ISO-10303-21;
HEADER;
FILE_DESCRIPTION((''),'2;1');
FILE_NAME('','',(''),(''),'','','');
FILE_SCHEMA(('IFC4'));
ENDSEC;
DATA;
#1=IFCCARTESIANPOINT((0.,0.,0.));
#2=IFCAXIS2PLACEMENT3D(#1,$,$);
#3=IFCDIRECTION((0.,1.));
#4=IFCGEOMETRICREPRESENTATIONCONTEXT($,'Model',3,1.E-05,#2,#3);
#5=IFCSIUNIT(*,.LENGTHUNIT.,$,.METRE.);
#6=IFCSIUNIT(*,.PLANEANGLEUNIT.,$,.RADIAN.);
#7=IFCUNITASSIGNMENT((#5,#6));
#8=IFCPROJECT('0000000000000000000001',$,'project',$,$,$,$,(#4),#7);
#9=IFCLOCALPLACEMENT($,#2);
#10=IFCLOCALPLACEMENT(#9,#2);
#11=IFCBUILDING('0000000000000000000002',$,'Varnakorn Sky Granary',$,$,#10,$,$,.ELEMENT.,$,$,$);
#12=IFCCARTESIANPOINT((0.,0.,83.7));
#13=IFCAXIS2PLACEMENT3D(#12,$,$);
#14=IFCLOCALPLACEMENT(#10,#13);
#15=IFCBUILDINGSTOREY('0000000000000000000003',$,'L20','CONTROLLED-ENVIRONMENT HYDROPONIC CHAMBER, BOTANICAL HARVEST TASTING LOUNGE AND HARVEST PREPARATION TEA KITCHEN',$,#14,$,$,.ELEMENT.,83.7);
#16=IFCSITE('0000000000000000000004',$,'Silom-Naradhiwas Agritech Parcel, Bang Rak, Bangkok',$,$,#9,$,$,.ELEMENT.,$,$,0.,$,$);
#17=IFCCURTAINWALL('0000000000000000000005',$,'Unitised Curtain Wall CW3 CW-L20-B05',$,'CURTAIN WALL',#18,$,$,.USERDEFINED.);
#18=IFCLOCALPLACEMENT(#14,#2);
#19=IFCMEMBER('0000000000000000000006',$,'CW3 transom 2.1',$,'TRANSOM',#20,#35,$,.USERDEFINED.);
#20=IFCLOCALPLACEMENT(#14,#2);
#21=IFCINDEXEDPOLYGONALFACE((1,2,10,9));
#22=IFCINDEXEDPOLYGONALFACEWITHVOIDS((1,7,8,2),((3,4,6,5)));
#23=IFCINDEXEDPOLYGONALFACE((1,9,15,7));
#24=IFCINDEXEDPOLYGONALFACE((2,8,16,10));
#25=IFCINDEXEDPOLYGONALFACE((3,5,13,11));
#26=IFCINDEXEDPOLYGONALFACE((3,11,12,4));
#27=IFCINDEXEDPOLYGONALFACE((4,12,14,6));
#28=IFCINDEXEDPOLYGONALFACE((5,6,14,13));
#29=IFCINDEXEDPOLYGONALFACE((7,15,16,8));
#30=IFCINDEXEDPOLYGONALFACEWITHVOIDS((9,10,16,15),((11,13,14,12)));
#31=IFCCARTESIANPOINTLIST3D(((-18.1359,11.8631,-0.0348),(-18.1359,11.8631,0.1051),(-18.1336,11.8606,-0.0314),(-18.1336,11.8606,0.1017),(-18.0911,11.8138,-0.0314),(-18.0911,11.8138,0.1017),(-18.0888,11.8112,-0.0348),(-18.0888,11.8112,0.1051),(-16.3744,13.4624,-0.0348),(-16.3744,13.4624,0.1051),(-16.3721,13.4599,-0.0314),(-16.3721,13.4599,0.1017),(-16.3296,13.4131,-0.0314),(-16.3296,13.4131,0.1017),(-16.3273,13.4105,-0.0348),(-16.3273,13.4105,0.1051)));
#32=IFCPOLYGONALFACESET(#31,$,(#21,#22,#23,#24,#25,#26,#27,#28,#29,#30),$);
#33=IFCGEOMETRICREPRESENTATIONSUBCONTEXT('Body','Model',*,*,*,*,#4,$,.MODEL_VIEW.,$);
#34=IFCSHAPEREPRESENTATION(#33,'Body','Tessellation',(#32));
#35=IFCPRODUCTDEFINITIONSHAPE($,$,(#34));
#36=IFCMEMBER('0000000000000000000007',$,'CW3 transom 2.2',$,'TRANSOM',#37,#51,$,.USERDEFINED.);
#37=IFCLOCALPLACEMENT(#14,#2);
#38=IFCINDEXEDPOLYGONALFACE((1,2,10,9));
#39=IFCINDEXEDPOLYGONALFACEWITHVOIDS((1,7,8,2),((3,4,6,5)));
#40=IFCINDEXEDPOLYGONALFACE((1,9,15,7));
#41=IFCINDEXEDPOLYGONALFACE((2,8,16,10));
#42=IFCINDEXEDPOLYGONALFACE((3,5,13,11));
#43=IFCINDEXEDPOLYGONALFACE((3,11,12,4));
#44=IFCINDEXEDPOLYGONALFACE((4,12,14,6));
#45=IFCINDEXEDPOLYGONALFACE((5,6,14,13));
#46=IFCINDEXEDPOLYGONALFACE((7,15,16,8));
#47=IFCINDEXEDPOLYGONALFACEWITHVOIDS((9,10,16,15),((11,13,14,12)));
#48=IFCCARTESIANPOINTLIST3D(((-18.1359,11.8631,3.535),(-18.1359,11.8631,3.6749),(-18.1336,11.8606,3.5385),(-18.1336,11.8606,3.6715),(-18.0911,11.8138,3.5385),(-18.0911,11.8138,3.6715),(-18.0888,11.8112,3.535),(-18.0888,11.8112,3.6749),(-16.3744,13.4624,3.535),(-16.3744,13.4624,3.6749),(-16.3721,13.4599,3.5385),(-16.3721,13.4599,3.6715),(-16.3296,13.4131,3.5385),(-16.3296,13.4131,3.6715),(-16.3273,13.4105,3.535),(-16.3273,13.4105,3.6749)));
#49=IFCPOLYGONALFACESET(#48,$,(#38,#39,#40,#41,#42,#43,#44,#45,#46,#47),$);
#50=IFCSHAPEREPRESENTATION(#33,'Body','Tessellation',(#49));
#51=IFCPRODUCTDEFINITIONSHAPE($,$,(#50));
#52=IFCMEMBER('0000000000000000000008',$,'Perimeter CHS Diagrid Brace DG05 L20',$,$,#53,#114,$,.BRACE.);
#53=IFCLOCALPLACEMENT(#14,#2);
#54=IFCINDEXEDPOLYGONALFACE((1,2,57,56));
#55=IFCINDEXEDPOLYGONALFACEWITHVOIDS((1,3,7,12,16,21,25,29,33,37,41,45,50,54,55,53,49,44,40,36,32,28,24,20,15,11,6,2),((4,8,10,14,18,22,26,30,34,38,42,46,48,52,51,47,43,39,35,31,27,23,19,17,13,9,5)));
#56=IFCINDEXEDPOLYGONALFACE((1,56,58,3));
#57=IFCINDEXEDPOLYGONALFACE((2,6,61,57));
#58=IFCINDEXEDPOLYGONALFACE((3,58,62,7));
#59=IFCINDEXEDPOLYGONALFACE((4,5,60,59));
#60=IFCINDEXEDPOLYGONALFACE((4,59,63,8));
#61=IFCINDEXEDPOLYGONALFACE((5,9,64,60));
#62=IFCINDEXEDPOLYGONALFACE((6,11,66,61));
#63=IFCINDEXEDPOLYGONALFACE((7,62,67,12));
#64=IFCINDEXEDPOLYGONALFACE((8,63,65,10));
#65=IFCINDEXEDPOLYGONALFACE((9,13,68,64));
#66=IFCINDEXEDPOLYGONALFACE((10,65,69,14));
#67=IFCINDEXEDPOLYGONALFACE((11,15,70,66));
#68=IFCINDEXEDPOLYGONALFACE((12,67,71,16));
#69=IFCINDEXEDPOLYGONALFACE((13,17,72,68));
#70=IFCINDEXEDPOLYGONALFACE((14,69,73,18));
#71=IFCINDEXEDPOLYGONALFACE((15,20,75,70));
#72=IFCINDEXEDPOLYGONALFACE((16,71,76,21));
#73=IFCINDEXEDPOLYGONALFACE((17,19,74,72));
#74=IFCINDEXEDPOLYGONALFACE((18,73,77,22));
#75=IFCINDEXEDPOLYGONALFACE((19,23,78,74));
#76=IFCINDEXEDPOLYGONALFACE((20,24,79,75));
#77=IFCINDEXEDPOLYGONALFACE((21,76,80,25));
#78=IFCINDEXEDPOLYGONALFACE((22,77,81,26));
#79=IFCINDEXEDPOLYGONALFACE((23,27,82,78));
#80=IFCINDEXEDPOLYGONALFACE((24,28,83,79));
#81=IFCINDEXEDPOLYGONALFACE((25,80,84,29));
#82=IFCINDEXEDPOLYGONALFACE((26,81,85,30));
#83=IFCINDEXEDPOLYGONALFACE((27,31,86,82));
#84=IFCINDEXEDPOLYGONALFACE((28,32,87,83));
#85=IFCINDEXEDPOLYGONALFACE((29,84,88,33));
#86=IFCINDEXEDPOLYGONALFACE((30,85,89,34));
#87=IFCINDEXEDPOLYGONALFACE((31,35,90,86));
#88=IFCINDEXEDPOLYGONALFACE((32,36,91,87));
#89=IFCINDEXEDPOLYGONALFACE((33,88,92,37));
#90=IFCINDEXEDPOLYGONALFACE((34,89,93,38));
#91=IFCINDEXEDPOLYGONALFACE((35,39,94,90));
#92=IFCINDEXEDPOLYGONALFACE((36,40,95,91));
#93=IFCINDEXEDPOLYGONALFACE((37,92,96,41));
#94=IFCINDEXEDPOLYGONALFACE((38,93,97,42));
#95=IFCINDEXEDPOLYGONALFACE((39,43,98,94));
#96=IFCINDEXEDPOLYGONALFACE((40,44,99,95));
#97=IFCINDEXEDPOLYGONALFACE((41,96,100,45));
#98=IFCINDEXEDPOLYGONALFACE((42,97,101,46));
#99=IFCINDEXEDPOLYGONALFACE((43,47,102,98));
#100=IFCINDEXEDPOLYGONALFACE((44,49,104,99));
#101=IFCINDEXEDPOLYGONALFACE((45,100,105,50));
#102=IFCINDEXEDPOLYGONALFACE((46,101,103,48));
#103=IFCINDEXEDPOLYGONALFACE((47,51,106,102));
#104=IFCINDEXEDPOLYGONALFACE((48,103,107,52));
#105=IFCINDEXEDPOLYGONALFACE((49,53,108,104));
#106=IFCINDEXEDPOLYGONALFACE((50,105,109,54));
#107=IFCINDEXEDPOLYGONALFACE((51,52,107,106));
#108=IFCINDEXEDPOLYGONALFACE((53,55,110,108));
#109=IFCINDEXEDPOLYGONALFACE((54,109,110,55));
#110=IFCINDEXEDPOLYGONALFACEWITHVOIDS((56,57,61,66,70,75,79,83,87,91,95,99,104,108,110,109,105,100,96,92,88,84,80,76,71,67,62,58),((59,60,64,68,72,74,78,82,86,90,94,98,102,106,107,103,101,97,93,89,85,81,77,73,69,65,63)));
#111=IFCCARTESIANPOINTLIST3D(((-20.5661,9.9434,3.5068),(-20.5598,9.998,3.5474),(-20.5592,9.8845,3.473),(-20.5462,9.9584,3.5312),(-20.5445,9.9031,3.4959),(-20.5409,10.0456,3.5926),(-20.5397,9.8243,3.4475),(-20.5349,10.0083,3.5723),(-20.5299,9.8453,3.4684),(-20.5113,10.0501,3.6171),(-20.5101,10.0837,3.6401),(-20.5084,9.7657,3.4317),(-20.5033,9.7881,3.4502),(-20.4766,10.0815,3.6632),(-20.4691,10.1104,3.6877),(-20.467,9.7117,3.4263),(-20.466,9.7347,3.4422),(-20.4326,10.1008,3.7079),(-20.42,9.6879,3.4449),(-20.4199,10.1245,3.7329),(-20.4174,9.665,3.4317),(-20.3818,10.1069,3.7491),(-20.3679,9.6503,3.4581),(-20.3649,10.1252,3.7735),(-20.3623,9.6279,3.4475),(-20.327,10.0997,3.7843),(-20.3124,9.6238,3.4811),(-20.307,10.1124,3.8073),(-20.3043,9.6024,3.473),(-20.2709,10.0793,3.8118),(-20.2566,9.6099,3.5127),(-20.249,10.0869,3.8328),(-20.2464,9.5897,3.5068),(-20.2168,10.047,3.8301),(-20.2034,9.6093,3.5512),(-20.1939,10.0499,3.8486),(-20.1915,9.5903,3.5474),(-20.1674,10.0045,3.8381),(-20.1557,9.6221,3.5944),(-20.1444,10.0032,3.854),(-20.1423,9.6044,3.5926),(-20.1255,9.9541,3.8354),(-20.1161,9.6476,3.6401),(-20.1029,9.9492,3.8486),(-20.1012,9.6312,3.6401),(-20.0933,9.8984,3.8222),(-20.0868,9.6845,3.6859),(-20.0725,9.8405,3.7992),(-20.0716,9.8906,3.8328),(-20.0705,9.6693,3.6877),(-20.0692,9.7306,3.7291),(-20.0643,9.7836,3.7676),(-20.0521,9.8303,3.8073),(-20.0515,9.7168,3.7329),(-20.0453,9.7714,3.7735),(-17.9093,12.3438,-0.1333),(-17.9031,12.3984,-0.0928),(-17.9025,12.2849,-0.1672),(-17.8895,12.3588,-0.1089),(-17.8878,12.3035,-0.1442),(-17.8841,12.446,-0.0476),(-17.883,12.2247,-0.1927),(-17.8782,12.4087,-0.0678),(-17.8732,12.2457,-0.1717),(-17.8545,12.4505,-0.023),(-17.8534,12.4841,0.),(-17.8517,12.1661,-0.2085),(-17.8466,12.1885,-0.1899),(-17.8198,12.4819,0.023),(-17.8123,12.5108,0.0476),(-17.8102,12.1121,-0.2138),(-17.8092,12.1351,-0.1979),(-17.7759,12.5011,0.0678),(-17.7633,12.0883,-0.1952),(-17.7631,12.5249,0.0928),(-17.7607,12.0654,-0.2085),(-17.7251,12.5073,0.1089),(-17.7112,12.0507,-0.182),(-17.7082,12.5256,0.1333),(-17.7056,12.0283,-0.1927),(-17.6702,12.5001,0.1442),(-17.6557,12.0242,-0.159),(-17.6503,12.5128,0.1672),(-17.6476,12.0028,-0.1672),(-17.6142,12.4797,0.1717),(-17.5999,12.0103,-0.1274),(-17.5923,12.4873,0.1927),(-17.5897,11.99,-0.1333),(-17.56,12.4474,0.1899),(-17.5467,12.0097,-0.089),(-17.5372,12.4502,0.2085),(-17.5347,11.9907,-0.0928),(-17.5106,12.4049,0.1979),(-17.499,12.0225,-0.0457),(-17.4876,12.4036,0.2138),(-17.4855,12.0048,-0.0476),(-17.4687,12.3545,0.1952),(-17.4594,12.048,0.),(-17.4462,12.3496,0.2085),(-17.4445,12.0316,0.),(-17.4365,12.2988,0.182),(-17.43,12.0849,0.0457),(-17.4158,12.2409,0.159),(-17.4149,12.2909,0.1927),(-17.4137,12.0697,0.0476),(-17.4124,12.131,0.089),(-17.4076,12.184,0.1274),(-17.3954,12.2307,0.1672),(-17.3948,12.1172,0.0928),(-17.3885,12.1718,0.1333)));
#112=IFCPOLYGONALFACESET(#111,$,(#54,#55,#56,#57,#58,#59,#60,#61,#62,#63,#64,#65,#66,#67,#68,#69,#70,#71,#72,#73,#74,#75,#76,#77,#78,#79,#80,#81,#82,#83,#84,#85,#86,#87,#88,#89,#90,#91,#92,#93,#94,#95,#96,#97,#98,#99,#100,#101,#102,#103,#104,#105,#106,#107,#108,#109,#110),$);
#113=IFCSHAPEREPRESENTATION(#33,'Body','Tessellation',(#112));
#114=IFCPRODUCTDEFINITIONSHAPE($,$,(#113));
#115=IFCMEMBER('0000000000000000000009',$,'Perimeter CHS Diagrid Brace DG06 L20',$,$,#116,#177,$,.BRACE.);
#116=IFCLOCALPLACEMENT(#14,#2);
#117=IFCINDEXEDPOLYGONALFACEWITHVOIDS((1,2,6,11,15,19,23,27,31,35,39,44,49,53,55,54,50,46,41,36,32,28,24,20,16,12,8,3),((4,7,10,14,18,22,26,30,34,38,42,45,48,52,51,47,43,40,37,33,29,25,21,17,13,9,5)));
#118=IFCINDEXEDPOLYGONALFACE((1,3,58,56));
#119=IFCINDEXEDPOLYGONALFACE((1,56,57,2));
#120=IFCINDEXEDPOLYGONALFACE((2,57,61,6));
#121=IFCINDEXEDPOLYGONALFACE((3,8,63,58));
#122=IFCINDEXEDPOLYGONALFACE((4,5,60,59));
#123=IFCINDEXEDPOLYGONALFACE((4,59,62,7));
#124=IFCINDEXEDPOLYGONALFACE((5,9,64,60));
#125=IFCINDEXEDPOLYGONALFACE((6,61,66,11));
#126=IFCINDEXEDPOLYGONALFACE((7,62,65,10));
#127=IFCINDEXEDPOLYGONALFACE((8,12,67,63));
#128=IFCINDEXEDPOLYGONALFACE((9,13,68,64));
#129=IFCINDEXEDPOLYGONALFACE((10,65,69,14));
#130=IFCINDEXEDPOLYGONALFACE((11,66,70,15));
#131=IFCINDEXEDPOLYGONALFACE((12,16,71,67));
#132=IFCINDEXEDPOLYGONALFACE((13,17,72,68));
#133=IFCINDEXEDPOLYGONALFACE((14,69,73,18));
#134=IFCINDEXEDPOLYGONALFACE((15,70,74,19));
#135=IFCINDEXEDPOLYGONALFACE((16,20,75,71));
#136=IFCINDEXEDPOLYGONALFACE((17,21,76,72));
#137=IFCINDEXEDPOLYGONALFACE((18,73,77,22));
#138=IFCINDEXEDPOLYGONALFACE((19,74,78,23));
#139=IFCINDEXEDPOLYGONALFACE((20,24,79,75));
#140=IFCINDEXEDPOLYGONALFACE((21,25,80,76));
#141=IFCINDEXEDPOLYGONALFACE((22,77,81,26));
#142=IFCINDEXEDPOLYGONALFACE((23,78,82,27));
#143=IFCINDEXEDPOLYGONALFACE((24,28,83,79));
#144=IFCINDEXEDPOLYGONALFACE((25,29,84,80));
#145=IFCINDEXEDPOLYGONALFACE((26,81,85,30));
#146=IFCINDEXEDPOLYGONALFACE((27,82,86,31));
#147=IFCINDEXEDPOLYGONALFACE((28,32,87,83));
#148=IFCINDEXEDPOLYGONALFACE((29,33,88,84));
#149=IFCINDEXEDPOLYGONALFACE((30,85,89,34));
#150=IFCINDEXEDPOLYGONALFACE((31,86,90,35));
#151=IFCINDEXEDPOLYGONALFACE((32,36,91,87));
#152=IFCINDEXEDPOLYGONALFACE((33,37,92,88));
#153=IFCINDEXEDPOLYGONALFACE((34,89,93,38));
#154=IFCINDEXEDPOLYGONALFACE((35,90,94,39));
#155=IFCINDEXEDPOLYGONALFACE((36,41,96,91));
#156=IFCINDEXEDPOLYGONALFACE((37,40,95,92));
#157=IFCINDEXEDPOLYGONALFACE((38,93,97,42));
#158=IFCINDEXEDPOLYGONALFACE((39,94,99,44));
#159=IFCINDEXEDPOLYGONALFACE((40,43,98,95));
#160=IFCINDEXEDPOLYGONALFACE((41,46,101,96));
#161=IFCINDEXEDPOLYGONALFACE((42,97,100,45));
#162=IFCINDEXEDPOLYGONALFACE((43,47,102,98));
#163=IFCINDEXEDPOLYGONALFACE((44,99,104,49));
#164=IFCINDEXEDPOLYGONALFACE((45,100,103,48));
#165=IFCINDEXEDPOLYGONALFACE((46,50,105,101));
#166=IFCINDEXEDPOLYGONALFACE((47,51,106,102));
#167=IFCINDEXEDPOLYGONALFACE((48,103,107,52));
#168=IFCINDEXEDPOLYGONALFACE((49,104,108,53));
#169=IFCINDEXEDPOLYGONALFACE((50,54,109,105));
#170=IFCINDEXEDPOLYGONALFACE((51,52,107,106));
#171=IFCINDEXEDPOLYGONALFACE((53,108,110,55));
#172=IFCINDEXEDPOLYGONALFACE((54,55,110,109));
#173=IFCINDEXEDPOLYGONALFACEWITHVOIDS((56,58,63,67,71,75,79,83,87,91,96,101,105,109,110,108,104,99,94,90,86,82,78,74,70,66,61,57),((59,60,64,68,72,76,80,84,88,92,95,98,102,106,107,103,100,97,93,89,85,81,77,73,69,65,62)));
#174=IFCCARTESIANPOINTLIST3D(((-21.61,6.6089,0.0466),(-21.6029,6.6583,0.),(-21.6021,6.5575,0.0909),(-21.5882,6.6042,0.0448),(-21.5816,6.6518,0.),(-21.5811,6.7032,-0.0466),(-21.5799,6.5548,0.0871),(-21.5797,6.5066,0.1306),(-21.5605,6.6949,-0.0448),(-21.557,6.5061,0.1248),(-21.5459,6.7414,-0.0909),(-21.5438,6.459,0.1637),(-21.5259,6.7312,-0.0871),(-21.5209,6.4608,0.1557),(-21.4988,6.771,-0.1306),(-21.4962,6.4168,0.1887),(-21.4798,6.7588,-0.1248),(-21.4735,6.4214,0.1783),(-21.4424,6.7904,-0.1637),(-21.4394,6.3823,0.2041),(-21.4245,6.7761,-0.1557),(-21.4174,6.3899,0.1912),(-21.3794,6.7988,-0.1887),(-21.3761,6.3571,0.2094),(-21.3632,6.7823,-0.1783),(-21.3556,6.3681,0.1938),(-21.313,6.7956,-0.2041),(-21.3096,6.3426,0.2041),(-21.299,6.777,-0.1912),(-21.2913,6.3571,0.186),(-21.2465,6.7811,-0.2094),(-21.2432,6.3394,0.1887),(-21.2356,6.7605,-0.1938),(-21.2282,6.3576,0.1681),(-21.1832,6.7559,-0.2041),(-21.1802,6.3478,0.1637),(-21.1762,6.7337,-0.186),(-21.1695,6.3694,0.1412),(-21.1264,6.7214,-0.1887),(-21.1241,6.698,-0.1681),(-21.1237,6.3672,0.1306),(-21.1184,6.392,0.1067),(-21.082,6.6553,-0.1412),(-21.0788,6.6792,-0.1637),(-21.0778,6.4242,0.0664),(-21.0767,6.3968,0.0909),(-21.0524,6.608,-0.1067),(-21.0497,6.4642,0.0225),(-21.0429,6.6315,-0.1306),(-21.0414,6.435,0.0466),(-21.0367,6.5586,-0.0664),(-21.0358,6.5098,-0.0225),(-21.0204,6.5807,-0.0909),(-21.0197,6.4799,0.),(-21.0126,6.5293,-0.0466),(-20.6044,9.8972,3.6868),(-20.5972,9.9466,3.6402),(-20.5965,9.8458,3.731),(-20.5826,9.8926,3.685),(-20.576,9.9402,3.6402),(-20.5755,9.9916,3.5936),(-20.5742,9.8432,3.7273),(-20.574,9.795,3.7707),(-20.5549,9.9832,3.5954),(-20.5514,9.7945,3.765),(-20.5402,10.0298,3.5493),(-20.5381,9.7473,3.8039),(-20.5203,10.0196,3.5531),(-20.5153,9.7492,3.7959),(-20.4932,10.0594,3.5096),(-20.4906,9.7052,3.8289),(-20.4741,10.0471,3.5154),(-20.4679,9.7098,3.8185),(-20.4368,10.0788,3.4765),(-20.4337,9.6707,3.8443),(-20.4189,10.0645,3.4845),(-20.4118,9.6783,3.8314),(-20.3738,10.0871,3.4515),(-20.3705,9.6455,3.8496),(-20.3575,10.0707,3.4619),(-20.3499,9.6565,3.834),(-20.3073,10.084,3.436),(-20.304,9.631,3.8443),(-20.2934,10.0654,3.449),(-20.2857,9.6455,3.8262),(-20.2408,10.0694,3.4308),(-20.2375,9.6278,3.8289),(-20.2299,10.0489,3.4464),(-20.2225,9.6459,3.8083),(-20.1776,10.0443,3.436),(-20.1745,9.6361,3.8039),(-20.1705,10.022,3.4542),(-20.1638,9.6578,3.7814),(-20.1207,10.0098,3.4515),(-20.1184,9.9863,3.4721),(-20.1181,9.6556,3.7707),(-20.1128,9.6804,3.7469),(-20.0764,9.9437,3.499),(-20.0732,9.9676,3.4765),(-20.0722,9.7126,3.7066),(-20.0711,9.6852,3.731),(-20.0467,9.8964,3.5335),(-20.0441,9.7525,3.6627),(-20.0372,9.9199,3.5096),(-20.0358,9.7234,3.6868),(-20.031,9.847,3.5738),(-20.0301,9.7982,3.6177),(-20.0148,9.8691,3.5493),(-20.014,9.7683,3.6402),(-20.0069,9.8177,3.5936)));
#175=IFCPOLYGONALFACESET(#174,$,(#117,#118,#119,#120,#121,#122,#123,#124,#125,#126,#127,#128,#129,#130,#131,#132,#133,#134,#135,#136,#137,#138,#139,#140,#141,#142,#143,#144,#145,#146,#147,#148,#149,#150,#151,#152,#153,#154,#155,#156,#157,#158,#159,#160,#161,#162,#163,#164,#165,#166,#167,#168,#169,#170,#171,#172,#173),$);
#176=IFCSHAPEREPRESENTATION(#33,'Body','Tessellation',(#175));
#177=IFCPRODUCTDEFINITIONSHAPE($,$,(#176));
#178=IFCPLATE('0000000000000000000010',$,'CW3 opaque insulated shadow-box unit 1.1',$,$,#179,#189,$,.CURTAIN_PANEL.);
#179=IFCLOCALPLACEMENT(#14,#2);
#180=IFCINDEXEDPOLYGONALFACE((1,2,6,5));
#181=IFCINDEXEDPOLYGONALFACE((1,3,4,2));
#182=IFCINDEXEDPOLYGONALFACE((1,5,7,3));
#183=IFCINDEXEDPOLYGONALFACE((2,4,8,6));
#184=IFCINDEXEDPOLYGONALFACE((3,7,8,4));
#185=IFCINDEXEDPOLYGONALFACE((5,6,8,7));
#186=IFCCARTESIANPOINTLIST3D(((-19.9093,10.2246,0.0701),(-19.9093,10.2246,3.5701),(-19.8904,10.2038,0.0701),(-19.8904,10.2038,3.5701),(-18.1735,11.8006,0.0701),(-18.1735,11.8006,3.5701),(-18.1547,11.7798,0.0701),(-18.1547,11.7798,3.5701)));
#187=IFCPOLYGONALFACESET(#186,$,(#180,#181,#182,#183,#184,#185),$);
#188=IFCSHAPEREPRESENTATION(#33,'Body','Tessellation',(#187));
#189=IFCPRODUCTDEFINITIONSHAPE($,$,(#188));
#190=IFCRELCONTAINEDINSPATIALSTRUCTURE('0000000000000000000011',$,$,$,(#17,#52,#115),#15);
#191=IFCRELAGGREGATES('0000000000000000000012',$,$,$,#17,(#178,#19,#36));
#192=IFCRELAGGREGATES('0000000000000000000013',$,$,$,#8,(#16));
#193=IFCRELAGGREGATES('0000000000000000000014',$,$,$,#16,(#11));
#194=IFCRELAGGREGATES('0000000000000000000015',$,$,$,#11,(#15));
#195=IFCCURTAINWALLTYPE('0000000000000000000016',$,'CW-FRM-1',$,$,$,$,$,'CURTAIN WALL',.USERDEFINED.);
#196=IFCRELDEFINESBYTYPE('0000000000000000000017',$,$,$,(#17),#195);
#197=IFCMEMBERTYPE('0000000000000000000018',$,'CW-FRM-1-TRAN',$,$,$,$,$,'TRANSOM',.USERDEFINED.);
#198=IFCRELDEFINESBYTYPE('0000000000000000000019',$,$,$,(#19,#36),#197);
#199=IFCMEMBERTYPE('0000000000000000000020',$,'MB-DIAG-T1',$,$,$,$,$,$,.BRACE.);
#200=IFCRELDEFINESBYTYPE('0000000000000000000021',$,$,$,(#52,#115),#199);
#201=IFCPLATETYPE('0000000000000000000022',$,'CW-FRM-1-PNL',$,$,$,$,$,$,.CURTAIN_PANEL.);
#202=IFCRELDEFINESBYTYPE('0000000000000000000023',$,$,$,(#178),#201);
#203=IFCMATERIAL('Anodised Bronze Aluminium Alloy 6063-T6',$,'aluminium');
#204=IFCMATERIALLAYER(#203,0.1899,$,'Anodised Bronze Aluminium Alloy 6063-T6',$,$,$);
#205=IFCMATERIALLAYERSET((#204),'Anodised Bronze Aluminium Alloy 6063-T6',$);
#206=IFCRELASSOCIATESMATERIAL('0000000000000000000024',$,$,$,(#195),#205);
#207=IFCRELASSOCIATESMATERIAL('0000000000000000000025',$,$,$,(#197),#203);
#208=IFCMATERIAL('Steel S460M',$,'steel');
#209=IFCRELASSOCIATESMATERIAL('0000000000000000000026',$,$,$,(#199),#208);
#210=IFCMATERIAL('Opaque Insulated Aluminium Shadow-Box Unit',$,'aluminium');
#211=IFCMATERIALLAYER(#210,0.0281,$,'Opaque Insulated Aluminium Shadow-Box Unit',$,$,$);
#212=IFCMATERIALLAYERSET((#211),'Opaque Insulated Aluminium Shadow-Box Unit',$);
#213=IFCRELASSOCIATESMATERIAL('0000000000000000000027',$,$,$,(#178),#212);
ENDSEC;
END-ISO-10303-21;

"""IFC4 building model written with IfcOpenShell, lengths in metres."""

from ifc_helpers import new_model, si_unit, direction, frame, origin, origin_2d, place, context, subcontext, project, spatial, rectangle, hollow_rectangle, hollow_circle, extrude, source, transform, mapped, material, layer, layer_set, material_profile, profile_set, type_object, element, aggregate, save


model = new_model("IFC4")

# Units and contexts
model_context = context("Model", 3, precision=1e-05, world=origin(), true_north=direction((0.0, 1.0)))
body_context = subcontext(model_context, "Body", "Model", "MODEL_VIEW")
ifc_project = project(units=[si_unit("LENGTHUNIT", "METRE"), si_unit("PLANEANGLEUNIT", "RADIAN")], contexts=[model_context])

# Site, building, storey
site_placement = place(None, origin())
site = spatial("IfcSite", under=ifc_project, at=site_placement, Name="Silom-Naradhiwas Agritech Parcel, Bang Rak, Bangkok", CompositionType="ELEMENT", RefElevation=0.0)
building_placement = place(site_placement, origin())
building = spatial("IfcBuilding", under=site, at=building_placement, Name="Varnakorn Sky Granary", CompositionType="ELEMENT")
storey_placement = place(building_placement, frame((0.0, 0.0, 83.7)))
storey = spatial("IfcBuildingStorey", under=building, at=storey_placement, Name="L20", Description="CONTROLLED-ENVIRONMENT HYDROPONIC CHAMBER, BOTANICAL HARVEST TASTING LOUNGE AND HARVEST PREPARATION TEA KITCHEN", CompositionType="ELEMENT", Elevation=83.7)

# Shared definitions
ifc_material_1 = material(Name="Steel S460M", Category="steel")

# Curtain wall, members
ifc_material_2 = material(Name="Anodised Bronze Aluminium Alloy 6063-T6", Category="aluminium")
ifc_layer_1 = layer(ifc_material_2, 0.1899, Name="Anodised Bronze Aluminium Alloy 6063-T6")
ifc_layer_set_1 = layer_set([ifc_layer_1], Name="Anodised Bronze Aluminium Alloy 6063-T6")
curtain_wall_type = type_object("IfcCurtainWallType", Name="CW-FRM-1", ElementType="CURTAIN WALL", PredefinedType="USERDEFINED", material=ifc_layer_set_1)
curtain_wall_placement = place(storey_placement, origin())
curtain_wall = element("IfcCurtainWall", 1, at=curtain_wall_placement, inside=storey, type_object=curtain_wall_type, Name="Unitised Curtain Wall CW3 CW-L20-B05", ObjectType="CURTAIN WALL", PredefinedType="USERDEFINED")
ifc_material_profile_1 = material_profile(ifc_material_2, hollow_rectangle(XDim=0.0701, YDim=0.1399, WallThickness=0.0034, at=origin_2d()), Name="ALU TRAN 70x140")
ifc_profile_set_1 = profile_set([ifc_material_profile_1], Name="Anodised Bronze Aluminium Alloy 6063-T6")
member_type_1 = type_object("IfcMemberType", Name="CW-FRM-1-TRAN", ElementType="TRANSOM", PredefinedType="USERDEFINED", material=ifc_profile_set_1)
member_1_placement = place(storey_placement, frame((-18.1123, 11.8372, 0.0352), z_axis=(0.740353, 0.672218, 0.0), x_axis=(-0.672218, 0.740353, 0.0)))
member_1 = element("IfcMember", 2, at=member_1_placement, type_object=member_type_1, Name="CW3 transom 2.1", ObjectType="TRANSOM", PredefinedType="USERDEFINED", context=body_context, shape_type="SweptSolid", body=[
    extrude(hollow_rectangle(XDim=0.0701, YDim=0.1399, WallThickness=0.0034, at=origin_2d()), origin(), (0.0, 0.0, 1.0), 2.3792),
])
member_2_placement = place(storey_placement, frame((-18.1123, 11.8372, 3.605), z_axis=(0.740353, 0.672218, 0.0), x_axis=(-0.672218, 0.740353, 0.0)))
member_2 = element("IfcMember", 3, at=member_2_placement, type_object=member_type_1, Name="CW3 transom 2.2", ObjectType="TRANSOM", PredefinedType="USERDEFINED", context=body_context, shape_type="SweptSolid", body=[
    extrude(hollow_rectangle(XDim=0.0701, YDim=0.1399, WallThickness=0.0034, at=origin_2d()), origin(), (0.0, 0.0, 1.0), 2.3792),
])

# Members
ifc_material_profile_2 = material_profile(ifc_material_1, hollow_circle(Radius=0.3049, WallThickness=0.0222, at=origin_2d()), Name="CHS 610x22")
ifc_profile_set_2 = profile_set([ifc_material_profile_2], Name="Steel S460M")
member_type_2 = type_object("IfcMemberType", Name="MB-DIAG-T1", PredefinedType="BRACE", material=ifc_profile_set_2)
member_3_placement = place(storey_placement, frame((-17.6489, 12.2578, 0.0), z_axis=(-0.520322, -0.470116, 0.712921), x_axis=(0.670403, -0.741998, 0.0)))
element("IfcMember", 4, at=member_3_placement, inside=storey, type_object=member_type_2, Name="Perimeter CHS Diagrid Brace DG05 L20", PredefinedType="BRACE", context=body_context, shape_type="SweptSolid", body=[
    extrude(hollow_circle(Radius=0.3049, WallThickness=0.0222, at=origin_2d()), origin(), (0.0, 0.0, 1.0), 5.106),
])
member_4_placement = place(storey_placement, frame((-21.3113, 6.5691, 0.0), z_axis=(0.200822, 0.656682, 0.726938), x_axis=(-0.956283, 0.292444, 0.0)))
element("IfcMember", 5, at=member_4_placement, inside=storey, type_object=member_type_2, Name="Perimeter CHS Diagrid Brace DG06 L20", PredefinedType="BRACE", context=body_context, shape_type="SweptSolid", body=[
    extrude(hollow_circle(Radius=0.3049, WallThickness=0.0222, at=origin_2d()), origin(), (0.0, 0.0, 1.0), 5.0076),
])

# Plate
ifc_material_3 = material(Name="Opaque Insulated Aluminium Shadow-Box Unit", Category="aluminium")
ifc_layer_2 = layer(ifc_material_3, 0.0281, Name="Opaque Insulated Aluminium Shadow-Box Unit")
ifc_layer_set_2 = layer_set([ifc_layer_2], Name="Opaque Insulated Aluminium Shadow-Box Unit")
plate_type = type_object("IfcPlateType", Name="CW-FRM-1-PNL", PredefinedType="CURTAIN_PANEL")
shared_shape_1 = source(origin(), body_context, "Body", "SweptSolid", [
    extrude(rectangle(XDim=2.3445, YDim=0.0281, at=origin_2d()), origin(), (0.0, 0.0, 1.0), 3.5),
])
plate_1_placement = place(storey_placement, frame((-19.032, 11.0022, 0.0701), z_axis=(0.0, 0.0, 1.0), x_axis=(0.74036, 0.672211, 0.0)))
plate_1 = element("IfcPlate", 6, at=plate_1_placement, type_object=plate_type, material=ifc_layer_set_2, Name="CW3 opaque insulated shadow-box unit 1.1", PredefinedType="CURTAIN_PANEL", context=body_context, shape_type="MappedRepresentation", body=[
    mapped(shared_shape_1, transform((0.0, 0.0, 0.0), x_axis=(1.0, 0.0, 0.0), y_axis=(0.0, 1.0, 0.0), z_axis=(0.0, 0.0, 1.0), scale=1.0)),
])
aggregate(curtain_wall, [plate_1, member_1, member_2])

save(model, "model.ifc")
